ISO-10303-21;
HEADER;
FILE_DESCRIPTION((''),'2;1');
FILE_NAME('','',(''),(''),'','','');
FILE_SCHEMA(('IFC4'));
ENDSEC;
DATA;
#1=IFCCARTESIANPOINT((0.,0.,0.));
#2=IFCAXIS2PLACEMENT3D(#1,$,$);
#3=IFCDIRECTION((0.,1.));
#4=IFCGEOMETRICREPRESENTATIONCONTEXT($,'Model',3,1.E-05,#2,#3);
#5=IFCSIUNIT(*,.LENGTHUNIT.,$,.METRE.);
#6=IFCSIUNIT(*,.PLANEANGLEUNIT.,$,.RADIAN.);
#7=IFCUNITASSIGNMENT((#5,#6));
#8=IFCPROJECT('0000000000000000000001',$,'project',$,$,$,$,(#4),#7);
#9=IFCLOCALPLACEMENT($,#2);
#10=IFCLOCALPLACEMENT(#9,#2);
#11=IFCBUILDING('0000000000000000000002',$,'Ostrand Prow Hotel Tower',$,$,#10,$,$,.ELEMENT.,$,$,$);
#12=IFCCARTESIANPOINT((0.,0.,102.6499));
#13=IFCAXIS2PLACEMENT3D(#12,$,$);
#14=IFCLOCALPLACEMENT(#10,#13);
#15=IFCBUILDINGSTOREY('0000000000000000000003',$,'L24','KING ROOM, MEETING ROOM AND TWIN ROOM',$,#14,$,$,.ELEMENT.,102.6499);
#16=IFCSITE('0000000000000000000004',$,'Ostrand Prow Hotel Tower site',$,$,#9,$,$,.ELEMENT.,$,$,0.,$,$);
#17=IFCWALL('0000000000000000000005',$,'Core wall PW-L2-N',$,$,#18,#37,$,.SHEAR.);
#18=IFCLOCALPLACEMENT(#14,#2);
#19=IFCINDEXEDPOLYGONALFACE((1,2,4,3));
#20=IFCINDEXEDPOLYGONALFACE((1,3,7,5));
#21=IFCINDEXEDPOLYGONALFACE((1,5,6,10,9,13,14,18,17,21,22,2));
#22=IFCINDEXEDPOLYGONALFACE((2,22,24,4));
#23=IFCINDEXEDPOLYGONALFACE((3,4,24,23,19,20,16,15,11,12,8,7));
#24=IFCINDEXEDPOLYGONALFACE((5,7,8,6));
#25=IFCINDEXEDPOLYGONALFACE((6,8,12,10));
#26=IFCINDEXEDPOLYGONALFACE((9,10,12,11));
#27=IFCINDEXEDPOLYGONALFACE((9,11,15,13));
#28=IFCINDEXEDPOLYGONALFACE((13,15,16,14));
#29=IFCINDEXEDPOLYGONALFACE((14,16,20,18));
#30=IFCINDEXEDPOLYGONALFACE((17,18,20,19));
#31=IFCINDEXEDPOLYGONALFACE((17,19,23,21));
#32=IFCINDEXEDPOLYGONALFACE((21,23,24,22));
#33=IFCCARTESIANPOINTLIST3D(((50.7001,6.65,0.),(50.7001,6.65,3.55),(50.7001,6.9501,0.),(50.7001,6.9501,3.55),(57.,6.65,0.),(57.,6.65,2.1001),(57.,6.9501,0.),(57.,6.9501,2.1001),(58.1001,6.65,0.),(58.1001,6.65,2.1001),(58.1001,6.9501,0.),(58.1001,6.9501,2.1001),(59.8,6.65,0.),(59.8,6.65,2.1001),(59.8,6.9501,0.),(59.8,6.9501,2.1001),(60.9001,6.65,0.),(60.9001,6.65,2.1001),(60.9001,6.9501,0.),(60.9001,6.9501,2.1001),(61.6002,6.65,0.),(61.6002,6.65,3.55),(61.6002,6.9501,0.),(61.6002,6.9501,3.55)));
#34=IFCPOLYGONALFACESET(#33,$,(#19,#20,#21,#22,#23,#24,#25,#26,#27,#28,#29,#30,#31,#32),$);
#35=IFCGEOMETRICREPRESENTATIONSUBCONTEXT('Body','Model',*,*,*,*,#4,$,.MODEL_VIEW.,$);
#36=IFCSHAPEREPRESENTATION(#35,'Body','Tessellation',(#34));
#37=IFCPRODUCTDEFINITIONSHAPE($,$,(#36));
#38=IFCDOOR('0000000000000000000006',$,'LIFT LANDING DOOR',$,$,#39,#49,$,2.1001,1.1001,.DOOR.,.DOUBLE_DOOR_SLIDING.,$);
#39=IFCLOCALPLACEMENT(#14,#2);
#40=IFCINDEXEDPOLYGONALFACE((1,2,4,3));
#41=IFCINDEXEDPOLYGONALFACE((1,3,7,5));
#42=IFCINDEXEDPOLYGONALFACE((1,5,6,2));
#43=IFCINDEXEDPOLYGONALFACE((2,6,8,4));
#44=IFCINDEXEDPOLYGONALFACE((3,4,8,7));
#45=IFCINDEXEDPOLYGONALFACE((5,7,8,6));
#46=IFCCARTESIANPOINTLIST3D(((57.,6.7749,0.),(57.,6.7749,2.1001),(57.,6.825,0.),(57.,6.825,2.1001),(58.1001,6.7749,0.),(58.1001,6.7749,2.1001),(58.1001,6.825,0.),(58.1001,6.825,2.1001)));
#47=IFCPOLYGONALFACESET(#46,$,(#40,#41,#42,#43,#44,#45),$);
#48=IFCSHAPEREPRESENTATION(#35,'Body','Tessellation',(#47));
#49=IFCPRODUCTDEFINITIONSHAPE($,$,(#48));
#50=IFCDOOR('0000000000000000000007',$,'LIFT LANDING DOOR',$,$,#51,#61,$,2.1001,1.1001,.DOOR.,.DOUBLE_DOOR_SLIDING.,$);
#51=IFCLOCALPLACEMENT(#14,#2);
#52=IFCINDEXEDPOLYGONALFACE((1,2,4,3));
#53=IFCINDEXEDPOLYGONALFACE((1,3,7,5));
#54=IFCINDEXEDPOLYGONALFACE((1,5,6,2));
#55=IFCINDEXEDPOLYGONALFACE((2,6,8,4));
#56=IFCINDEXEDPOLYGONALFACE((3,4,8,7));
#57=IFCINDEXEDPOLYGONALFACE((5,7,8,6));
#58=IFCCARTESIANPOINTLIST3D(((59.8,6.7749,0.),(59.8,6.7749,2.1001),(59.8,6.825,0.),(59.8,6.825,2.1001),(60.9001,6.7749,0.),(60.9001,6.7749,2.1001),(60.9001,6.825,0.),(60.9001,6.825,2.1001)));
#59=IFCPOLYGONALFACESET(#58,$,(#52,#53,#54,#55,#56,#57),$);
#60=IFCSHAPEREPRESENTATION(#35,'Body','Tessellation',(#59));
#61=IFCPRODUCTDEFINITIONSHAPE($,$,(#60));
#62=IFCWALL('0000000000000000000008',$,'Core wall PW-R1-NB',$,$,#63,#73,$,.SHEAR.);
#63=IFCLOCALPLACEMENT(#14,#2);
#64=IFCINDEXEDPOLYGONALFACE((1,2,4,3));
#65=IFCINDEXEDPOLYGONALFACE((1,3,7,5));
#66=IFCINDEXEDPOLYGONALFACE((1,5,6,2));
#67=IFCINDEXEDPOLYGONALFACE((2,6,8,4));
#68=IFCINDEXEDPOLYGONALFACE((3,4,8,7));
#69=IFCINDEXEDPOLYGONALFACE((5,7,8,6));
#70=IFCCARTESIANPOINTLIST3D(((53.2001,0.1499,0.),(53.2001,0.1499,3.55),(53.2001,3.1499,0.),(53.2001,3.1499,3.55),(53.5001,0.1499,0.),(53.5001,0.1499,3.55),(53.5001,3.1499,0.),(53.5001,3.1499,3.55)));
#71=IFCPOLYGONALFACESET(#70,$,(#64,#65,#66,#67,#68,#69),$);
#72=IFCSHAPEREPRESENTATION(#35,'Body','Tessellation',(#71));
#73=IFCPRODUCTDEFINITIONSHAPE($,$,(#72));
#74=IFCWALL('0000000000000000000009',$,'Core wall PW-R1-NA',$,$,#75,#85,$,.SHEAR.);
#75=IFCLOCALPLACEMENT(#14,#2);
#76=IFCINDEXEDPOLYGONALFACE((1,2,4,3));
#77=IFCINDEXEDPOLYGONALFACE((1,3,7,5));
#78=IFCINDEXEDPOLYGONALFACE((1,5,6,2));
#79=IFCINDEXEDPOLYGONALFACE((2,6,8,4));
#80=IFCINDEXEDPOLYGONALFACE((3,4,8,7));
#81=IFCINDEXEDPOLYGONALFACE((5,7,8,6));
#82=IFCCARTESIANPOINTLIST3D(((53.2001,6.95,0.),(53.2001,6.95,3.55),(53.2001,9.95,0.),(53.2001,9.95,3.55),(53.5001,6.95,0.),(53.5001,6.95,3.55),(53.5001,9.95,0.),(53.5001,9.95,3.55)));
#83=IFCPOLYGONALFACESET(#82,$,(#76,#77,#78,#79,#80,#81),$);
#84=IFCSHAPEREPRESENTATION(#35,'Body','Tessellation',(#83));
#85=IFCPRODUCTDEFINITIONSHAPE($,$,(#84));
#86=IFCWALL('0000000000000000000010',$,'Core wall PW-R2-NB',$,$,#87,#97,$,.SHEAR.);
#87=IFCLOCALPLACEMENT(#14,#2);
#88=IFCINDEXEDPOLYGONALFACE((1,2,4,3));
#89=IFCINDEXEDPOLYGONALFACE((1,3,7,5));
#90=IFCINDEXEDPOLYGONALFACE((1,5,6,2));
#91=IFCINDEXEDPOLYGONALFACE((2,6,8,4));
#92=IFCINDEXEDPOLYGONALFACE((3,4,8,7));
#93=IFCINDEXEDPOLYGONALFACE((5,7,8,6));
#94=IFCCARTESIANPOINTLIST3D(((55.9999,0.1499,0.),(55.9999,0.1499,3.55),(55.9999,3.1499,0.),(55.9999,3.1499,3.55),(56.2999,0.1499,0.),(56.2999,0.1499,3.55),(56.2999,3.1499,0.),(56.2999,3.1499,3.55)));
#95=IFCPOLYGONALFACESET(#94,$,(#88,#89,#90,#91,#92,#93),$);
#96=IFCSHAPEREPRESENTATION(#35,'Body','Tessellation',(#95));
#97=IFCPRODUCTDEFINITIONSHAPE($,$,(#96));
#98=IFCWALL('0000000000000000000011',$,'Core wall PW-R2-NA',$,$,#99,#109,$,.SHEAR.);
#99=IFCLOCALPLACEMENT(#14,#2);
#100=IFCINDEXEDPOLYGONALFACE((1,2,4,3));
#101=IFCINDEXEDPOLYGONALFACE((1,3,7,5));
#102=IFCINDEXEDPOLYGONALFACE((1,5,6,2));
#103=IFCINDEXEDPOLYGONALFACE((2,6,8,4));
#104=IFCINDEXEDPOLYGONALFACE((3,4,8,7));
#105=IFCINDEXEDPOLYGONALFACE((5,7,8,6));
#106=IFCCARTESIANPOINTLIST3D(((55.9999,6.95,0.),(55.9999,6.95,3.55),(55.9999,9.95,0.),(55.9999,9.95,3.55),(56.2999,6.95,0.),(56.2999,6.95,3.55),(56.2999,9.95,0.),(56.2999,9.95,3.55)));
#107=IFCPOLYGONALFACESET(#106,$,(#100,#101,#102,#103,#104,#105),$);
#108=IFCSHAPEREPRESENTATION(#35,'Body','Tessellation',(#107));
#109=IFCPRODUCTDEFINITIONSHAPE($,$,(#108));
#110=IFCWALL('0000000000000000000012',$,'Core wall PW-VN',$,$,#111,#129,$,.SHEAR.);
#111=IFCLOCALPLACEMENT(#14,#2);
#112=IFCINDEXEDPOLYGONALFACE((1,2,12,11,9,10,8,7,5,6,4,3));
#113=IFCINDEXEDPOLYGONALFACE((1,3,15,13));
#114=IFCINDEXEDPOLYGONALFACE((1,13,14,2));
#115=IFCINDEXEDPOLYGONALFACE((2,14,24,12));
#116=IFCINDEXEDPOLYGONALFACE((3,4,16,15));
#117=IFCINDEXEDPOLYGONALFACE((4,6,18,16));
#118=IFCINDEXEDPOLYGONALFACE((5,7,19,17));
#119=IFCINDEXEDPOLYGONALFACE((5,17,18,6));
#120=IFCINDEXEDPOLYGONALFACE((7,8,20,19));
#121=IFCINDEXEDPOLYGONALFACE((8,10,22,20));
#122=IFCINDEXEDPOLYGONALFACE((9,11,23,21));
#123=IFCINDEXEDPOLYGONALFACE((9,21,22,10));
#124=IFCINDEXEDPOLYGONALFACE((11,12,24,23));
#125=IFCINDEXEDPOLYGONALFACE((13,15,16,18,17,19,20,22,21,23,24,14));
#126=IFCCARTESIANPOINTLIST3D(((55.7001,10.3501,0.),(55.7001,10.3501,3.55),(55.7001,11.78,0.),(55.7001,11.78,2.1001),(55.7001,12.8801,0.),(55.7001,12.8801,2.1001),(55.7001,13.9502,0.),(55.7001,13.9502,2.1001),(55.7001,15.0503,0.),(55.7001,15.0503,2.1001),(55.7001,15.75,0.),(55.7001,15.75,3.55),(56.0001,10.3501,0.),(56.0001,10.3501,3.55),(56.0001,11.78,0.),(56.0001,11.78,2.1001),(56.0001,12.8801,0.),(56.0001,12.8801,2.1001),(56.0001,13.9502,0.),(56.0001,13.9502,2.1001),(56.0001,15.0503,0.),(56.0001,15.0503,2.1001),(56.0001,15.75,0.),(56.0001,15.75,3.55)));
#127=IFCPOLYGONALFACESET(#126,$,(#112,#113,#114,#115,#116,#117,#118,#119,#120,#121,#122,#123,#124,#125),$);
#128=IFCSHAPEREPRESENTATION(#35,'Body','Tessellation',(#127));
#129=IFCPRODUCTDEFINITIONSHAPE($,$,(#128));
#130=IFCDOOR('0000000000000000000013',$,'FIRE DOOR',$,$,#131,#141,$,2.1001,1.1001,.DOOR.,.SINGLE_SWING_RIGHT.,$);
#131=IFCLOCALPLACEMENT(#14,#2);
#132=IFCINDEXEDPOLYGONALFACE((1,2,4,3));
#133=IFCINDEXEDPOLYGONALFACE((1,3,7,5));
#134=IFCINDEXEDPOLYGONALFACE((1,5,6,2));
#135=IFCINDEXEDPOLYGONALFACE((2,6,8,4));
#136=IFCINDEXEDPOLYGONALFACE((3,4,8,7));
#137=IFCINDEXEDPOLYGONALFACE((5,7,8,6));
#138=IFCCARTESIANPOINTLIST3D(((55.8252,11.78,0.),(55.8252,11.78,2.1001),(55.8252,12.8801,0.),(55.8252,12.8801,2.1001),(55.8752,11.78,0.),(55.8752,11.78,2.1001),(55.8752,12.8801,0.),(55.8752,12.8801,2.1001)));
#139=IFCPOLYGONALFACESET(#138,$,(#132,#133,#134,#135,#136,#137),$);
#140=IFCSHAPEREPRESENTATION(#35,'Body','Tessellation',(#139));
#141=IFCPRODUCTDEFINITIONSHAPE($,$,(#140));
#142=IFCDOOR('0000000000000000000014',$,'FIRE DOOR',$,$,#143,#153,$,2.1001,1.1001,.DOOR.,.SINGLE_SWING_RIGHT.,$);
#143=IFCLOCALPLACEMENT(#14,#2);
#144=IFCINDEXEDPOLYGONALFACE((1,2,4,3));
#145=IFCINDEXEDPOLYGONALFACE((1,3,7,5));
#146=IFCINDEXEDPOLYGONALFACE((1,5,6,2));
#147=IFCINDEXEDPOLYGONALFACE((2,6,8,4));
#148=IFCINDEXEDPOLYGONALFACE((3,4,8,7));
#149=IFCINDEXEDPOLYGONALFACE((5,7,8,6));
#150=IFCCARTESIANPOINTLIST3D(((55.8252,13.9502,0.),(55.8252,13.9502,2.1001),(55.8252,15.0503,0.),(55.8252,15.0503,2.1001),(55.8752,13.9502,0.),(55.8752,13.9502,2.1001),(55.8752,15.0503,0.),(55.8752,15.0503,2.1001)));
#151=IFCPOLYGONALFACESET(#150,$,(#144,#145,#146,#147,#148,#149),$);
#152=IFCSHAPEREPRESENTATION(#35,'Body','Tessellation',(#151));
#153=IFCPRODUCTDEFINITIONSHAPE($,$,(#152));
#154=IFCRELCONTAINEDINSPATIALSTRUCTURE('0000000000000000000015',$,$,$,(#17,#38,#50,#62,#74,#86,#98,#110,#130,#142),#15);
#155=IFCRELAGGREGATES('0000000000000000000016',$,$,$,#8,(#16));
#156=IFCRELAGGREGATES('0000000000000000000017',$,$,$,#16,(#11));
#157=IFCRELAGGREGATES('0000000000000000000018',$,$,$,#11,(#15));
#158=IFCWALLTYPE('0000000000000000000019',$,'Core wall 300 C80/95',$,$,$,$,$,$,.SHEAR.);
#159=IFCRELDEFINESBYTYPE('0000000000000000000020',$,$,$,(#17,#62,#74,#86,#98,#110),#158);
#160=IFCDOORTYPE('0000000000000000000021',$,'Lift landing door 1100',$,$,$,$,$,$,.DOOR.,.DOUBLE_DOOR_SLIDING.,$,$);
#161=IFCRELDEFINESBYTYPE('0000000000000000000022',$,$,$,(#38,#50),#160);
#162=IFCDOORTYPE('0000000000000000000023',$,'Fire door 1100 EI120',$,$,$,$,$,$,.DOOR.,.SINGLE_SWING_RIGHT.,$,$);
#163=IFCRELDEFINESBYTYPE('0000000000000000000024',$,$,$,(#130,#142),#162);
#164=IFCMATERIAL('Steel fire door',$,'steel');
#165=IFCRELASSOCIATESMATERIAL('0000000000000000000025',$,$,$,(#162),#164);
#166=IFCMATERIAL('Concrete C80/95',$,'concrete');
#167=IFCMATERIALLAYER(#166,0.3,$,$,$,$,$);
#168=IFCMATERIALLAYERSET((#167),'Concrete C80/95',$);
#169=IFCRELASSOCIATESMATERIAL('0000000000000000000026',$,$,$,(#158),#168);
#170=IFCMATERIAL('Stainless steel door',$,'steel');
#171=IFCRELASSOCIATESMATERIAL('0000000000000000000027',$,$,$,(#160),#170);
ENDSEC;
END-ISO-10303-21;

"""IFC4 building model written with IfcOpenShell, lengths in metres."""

from ifc_helpers import new_model, si_unit, direction, frame, frame_2d, origin, place, context, subcontext, project, spatial, rectangle, extrude, material, layer, layer_set, type_object, element, fill, save


model = new_model("IFC4")

# Units and contexts
model_context = context("Model", 3, precision=1e-05, world=origin(), true_north=direction((0.0, 1.0)))
body_context = subcontext(model_context, "Body", "Model", "MODEL_VIEW")
ifc_project = project(units=[si_unit("LENGTHUNIT", "METRE"), si_unit("PLANEANGLEUNIT", "RADIAN")], contexts=[model_context])

# Site, building, storey
site_placement = place(None, origin())
site = spatial("IfcSite", under=ifc_project, at=site_placement, Name="Ostrand Prow Hotel Tower site", CompositionType="ELEMENT", RefElevation=0.0)
building_placement = place(site_placement, origin())
building = spatial("IfcBuilding", under=site, at=building_placement, Name="Ostrand Prow Hotel Tower", CompositionType="ELEMENT")
storey_placement = place(building_placement, frame((0.0, 0.0, 102.6499)))
storey = spatial("IfcBuildingStorey", under=building, at=storey_placement, Name="L24", Description="KING ROOM, MEETING ROOM AND TWIN ROOM", CompositionType="ELEMENT", Elevation=102.6499)

# Shared definitions
ifc_material_1 = material(Name="Steel fire door", Category="steel")
door_type_1 = type_object("IfcDoorType", Name="Fire door 1100 EI120", OperationType="SINGLE_SWING_RIGHT", PredefinedType="DOOR", material=ifc_material_1)

# Wall, openings, doors
ifc_material_2 = material(Name="Concrete C80/95", Category="concrete")
ifc_layer_1 = layer(ifc_material_2, 0.3)
ifc_layer_set_1 = layer_set([ifc_layer_1], Name="Concrete C80/95")
wall_type_1 = type_object("IfcWallType", Name="Core wall 300 C80/95", PredefinedType="SHEAR", material=ifc_layer_set_1)
wall_1_placement = place(storey_placement, frame((50.7, 6.8, 0.0), z_axis=(0.0, 0.0, 1.0), x_axis=(1.0, 0.0, 0.0)))
wall_1 = element("IfcWall", 1, at=wall_1_placement, inside=storey, type_object=wall_type_1, Name="Core wall PW-L2-N", PredefinedType="SHEAR", context=body_context, shape_type="SweptSolid", body=[
    extrude(rectangle(XDim=10.9001, YDim=0.3, at=frame_2d((5.4502, 0.0))), origin(), (0.0, 0.0, 1.0), 3.55),
])
opening_1_placement = place(wall_1_placement, frame((6.3, 0.0, 0.0)))
opening_1 = element("IfcOpeningElement", 2, at=opening_1_placement, cuts=wall_1, PredefinedType="OPENING", context=body_context, shape_type="SweptSolid", body=[
    extrude(rectangle(XDim=1.1001, YDim=2.1001, at=frame_2d((0.55, 1.05))), frame((0.0, 0.1599, 0.0), z_axis=(0.0, -1.0, 0.0), x_axis=(1.0, 0.0, 0.0)), (0.0, 0.0, 1.0), 0.3201),
])
opening_2_placement = place(wall_1_placement, frame((9.1001, 0.0, 0.0)))
opening_2 = element("IfcOpeningElement", 3, at=opening_2_placement, cuts=wall_1, PredefinedType="OPENING", context=body_context, shape_type="SweptSolid", body=[
    extrude(rectangle(XDim=1.1001, YDim=2.1001, at=frame_2d((0.55, 1.05))), frame((0.0, 0.1599, 0.0), z_axis=(0.0, -1.0, 0.0), x_axis=(1.0, 0.0, 0.0)), (0.0, 0.0, 1.0), 0.3201),
])
ifc_material_3 = material(Name="Stainless steel door", Category="steel")
door_type_2 = type_object("IfcDoorType", Name="Lift landing door 1100", OperationType="DOUBLE_DOOR_SLIDING", PredefinedType="DOOR", material=ifc_material_3)
door_1_placement = place(opening_1_placement, origin())
door_1 = element("IfcDoor", 4, at=door_1_placement, inside=storey, type_object=door_type_2, Name="LIFT LANDING DOOR", OperationType="DOUBLE_DOOR_SLIDING", OverallHeight=2.1001, OverallWidth=1.1001, PredefinedType="DOOR", context=body_context, shape_type="SweptSolid", body=[
    extrude(rectangle(XDim=1.1001, YDim=2.1001, at=frame_2d((0.55, 1.05))), frame((0.0, 0.0249, 0.0), z_axis=(0.0, -1.0, 0.0), x_axis=(1.0, 0.0, 0.0)), (0.0, 0.0, 1.0), 0.05),
])
fill(opening_1, door_1)
door_2_placement = place(opening_2_placement, origin())
door_2 = element("IfcDoor", 5, at=door_2_placement, inside=storey, type_object=door_type_2, Name="LIFT LANDING DOOR", OperationType="DOUBLE_DOOR_SLIDING", OverallHeight=2.1001, OverallWidth=1.1001, PredefinedType="DOOR", context=body_context, shape_type="SweptSolid", body=[
    extrude(rectangle(XDim=1.1001, YDim=2.1001, at=frame_2d((0.55, 1.05))), frame((0.0, 0.0249, 0.0), z_axis=(0.0, -1.0, 0.0), x_axis=(1.0, 0.0, 0.0)), (0.0, 0.0, 1.0), 0.05),
])
fill(opening_2, door_2)

# Walls
for number, where, z_axis, x_axis, name in (
    (6, (53.3501, 0.1499, 0.0), (0.0, 0.0, 1.0), (0.0, 1.0, 0.0), "Core wall PW-R1-NB"),
    (7, (53.3501, 6.95, 0.0), (0.0, 0.0, 1.0), (0.0, 1.0, 0.0), "Core wall PW-R1-NA"),
    (8, (56.1499, 0.1499, 0.0), (0.0, 0.0, 1.0), (0.0, 1.0, 0.0), "Core wall PW-R2-NB"),
    (9, (56.1499, 6.95, 0.0), (0.0, 0.0, 1.0), (0.0, 1.0, 0.0), "Core wall PW-R2-NA"),
):
    element("IfcWall", number, at=place(storey_placement, frame(where, z_axis=z_axis, x_axis=x_axis)), inside=storey, type_object=wall_type_1, Name=name, PredefinedType="SHEAR", context=body_context, shape_type="SweptSolid", body=[
        extrude(rectangle(XDim=3.0, YDim=0.3, at=frame_2d((1.5, 0.0))), origin(), (0.0, 0.0, 1.0), 3.55),
    ])

# Wall, openings, doors
wall_2_placement = place(storey_placement, frame((55.8501, 10.3501, 0.0), z_axis=(0.0, 0.0, 1.0), x_axis=(0.0, 1.0, 0.0)))
wall_2 = element("IfcWall", 10, at=wall_2_placement, inside=storey, type_object=wall_type_1, Name="Core wall PW-VN", PredefinedType="SHEAR", context=body_context, shape_type="SweptSolid", body=[
    extrude(rectangle(XDim=5.3999, YDim=0.3, at=frame_2d((2.7, 0.0))), origin(), (0.0, 0.0, 1.0), 3.55),
])
opening_3_placement = place(wall_2_placement, frame((1.4299, 0.0, 0.0)))
opening_3 = element("IfcOpeningElement", 11, at=opening_3_placement, cuts=wall_2, PredefinedType="OPENING", context=body_context, shape_type="SweptSolid", body=[
    extrude(rectangle(XDim=1.1001, YDim=2.1001, at=frame_2d((0.55, 1.05))), frame((0.0, 0.1599, 0.0), z_axis=(0.0, -1.0, 0.0), x_axis=(1.0, 0.0, 0.0)), (0.0, 0.0, 1.0), 0.3201),
])
opening_4_placement = place(wall_2_placement, frame((3.6001, 0.0, 0.0)))
opening_4 = element("IfcOpeningElement", 12, at=opening_4_placement, cuts=wall_2, PredefinedType="OPENING", context=body_context, shape_type="SweptSolid", body=[
    extrude(rectangle(XDim=1.1001, YDim=2.1001, at=frame_2d((0.55, 1.05))), frame((0.0, 0.1599, 0.0), z_axis=(0.0, -1.0, 0.0), x_axis=(1.0, 0.0, 0.0)), (0.0, 0.0, 1.0), 0.3201),
])
door_3_placement = place(opening_3_placement, origin())
door_3 = element("IfcDoor", 13, at=door_3_placement, inside=storey, type_object=door_type_1, Name="FIRE DOOR", OperationType="SINGLE_SWING_RIGHT", OverallHeight=2.1001, OverallWidth=1.1001, PredefinedType="DOOR", context=body_context, shape_type="SweptSolid", body=[
    extrude(rectangle(XDim=1.1001, YDim=2.1001, at=frame_2d((0.55, 1.05))), frame((0.0, 0.0249, 0.0), z_axis=(0.0, -1.0, 0.0), x_axis=(1.0, 0.0, 0.0)), (0.0, 0.0, 1.0), 0.05),
])
fill(opening_3, door_3)
door_4_placement = place(opening_4_placement, origin())
door_4 = element("IfcDoor", 14, at=door_4_placement, inside=storey, type_object=door_type_1, Name="FIRE DOOR", OperationType="SINGLE_SWING_RIGHT", OverallHeight=2.1001, OverallWidth=1.1001, PredefinedType="DOOR", context=body_context, shape_type="SweptSolid", body=[
    extrude(rectangle(XDim=1.1001, YDim=2.1001, at=frame_2d((0.55, 1.05))), frame((0.0, 0.0249, 0.0), z_axis=(0.0, -1.0, 0.0), x_axis=(1.0, 0.0, 0.0)), (0.0, 0.0, 1.0), 0.05),
])
fill(opening_4, door_4)

save(model, "model.ifc")
